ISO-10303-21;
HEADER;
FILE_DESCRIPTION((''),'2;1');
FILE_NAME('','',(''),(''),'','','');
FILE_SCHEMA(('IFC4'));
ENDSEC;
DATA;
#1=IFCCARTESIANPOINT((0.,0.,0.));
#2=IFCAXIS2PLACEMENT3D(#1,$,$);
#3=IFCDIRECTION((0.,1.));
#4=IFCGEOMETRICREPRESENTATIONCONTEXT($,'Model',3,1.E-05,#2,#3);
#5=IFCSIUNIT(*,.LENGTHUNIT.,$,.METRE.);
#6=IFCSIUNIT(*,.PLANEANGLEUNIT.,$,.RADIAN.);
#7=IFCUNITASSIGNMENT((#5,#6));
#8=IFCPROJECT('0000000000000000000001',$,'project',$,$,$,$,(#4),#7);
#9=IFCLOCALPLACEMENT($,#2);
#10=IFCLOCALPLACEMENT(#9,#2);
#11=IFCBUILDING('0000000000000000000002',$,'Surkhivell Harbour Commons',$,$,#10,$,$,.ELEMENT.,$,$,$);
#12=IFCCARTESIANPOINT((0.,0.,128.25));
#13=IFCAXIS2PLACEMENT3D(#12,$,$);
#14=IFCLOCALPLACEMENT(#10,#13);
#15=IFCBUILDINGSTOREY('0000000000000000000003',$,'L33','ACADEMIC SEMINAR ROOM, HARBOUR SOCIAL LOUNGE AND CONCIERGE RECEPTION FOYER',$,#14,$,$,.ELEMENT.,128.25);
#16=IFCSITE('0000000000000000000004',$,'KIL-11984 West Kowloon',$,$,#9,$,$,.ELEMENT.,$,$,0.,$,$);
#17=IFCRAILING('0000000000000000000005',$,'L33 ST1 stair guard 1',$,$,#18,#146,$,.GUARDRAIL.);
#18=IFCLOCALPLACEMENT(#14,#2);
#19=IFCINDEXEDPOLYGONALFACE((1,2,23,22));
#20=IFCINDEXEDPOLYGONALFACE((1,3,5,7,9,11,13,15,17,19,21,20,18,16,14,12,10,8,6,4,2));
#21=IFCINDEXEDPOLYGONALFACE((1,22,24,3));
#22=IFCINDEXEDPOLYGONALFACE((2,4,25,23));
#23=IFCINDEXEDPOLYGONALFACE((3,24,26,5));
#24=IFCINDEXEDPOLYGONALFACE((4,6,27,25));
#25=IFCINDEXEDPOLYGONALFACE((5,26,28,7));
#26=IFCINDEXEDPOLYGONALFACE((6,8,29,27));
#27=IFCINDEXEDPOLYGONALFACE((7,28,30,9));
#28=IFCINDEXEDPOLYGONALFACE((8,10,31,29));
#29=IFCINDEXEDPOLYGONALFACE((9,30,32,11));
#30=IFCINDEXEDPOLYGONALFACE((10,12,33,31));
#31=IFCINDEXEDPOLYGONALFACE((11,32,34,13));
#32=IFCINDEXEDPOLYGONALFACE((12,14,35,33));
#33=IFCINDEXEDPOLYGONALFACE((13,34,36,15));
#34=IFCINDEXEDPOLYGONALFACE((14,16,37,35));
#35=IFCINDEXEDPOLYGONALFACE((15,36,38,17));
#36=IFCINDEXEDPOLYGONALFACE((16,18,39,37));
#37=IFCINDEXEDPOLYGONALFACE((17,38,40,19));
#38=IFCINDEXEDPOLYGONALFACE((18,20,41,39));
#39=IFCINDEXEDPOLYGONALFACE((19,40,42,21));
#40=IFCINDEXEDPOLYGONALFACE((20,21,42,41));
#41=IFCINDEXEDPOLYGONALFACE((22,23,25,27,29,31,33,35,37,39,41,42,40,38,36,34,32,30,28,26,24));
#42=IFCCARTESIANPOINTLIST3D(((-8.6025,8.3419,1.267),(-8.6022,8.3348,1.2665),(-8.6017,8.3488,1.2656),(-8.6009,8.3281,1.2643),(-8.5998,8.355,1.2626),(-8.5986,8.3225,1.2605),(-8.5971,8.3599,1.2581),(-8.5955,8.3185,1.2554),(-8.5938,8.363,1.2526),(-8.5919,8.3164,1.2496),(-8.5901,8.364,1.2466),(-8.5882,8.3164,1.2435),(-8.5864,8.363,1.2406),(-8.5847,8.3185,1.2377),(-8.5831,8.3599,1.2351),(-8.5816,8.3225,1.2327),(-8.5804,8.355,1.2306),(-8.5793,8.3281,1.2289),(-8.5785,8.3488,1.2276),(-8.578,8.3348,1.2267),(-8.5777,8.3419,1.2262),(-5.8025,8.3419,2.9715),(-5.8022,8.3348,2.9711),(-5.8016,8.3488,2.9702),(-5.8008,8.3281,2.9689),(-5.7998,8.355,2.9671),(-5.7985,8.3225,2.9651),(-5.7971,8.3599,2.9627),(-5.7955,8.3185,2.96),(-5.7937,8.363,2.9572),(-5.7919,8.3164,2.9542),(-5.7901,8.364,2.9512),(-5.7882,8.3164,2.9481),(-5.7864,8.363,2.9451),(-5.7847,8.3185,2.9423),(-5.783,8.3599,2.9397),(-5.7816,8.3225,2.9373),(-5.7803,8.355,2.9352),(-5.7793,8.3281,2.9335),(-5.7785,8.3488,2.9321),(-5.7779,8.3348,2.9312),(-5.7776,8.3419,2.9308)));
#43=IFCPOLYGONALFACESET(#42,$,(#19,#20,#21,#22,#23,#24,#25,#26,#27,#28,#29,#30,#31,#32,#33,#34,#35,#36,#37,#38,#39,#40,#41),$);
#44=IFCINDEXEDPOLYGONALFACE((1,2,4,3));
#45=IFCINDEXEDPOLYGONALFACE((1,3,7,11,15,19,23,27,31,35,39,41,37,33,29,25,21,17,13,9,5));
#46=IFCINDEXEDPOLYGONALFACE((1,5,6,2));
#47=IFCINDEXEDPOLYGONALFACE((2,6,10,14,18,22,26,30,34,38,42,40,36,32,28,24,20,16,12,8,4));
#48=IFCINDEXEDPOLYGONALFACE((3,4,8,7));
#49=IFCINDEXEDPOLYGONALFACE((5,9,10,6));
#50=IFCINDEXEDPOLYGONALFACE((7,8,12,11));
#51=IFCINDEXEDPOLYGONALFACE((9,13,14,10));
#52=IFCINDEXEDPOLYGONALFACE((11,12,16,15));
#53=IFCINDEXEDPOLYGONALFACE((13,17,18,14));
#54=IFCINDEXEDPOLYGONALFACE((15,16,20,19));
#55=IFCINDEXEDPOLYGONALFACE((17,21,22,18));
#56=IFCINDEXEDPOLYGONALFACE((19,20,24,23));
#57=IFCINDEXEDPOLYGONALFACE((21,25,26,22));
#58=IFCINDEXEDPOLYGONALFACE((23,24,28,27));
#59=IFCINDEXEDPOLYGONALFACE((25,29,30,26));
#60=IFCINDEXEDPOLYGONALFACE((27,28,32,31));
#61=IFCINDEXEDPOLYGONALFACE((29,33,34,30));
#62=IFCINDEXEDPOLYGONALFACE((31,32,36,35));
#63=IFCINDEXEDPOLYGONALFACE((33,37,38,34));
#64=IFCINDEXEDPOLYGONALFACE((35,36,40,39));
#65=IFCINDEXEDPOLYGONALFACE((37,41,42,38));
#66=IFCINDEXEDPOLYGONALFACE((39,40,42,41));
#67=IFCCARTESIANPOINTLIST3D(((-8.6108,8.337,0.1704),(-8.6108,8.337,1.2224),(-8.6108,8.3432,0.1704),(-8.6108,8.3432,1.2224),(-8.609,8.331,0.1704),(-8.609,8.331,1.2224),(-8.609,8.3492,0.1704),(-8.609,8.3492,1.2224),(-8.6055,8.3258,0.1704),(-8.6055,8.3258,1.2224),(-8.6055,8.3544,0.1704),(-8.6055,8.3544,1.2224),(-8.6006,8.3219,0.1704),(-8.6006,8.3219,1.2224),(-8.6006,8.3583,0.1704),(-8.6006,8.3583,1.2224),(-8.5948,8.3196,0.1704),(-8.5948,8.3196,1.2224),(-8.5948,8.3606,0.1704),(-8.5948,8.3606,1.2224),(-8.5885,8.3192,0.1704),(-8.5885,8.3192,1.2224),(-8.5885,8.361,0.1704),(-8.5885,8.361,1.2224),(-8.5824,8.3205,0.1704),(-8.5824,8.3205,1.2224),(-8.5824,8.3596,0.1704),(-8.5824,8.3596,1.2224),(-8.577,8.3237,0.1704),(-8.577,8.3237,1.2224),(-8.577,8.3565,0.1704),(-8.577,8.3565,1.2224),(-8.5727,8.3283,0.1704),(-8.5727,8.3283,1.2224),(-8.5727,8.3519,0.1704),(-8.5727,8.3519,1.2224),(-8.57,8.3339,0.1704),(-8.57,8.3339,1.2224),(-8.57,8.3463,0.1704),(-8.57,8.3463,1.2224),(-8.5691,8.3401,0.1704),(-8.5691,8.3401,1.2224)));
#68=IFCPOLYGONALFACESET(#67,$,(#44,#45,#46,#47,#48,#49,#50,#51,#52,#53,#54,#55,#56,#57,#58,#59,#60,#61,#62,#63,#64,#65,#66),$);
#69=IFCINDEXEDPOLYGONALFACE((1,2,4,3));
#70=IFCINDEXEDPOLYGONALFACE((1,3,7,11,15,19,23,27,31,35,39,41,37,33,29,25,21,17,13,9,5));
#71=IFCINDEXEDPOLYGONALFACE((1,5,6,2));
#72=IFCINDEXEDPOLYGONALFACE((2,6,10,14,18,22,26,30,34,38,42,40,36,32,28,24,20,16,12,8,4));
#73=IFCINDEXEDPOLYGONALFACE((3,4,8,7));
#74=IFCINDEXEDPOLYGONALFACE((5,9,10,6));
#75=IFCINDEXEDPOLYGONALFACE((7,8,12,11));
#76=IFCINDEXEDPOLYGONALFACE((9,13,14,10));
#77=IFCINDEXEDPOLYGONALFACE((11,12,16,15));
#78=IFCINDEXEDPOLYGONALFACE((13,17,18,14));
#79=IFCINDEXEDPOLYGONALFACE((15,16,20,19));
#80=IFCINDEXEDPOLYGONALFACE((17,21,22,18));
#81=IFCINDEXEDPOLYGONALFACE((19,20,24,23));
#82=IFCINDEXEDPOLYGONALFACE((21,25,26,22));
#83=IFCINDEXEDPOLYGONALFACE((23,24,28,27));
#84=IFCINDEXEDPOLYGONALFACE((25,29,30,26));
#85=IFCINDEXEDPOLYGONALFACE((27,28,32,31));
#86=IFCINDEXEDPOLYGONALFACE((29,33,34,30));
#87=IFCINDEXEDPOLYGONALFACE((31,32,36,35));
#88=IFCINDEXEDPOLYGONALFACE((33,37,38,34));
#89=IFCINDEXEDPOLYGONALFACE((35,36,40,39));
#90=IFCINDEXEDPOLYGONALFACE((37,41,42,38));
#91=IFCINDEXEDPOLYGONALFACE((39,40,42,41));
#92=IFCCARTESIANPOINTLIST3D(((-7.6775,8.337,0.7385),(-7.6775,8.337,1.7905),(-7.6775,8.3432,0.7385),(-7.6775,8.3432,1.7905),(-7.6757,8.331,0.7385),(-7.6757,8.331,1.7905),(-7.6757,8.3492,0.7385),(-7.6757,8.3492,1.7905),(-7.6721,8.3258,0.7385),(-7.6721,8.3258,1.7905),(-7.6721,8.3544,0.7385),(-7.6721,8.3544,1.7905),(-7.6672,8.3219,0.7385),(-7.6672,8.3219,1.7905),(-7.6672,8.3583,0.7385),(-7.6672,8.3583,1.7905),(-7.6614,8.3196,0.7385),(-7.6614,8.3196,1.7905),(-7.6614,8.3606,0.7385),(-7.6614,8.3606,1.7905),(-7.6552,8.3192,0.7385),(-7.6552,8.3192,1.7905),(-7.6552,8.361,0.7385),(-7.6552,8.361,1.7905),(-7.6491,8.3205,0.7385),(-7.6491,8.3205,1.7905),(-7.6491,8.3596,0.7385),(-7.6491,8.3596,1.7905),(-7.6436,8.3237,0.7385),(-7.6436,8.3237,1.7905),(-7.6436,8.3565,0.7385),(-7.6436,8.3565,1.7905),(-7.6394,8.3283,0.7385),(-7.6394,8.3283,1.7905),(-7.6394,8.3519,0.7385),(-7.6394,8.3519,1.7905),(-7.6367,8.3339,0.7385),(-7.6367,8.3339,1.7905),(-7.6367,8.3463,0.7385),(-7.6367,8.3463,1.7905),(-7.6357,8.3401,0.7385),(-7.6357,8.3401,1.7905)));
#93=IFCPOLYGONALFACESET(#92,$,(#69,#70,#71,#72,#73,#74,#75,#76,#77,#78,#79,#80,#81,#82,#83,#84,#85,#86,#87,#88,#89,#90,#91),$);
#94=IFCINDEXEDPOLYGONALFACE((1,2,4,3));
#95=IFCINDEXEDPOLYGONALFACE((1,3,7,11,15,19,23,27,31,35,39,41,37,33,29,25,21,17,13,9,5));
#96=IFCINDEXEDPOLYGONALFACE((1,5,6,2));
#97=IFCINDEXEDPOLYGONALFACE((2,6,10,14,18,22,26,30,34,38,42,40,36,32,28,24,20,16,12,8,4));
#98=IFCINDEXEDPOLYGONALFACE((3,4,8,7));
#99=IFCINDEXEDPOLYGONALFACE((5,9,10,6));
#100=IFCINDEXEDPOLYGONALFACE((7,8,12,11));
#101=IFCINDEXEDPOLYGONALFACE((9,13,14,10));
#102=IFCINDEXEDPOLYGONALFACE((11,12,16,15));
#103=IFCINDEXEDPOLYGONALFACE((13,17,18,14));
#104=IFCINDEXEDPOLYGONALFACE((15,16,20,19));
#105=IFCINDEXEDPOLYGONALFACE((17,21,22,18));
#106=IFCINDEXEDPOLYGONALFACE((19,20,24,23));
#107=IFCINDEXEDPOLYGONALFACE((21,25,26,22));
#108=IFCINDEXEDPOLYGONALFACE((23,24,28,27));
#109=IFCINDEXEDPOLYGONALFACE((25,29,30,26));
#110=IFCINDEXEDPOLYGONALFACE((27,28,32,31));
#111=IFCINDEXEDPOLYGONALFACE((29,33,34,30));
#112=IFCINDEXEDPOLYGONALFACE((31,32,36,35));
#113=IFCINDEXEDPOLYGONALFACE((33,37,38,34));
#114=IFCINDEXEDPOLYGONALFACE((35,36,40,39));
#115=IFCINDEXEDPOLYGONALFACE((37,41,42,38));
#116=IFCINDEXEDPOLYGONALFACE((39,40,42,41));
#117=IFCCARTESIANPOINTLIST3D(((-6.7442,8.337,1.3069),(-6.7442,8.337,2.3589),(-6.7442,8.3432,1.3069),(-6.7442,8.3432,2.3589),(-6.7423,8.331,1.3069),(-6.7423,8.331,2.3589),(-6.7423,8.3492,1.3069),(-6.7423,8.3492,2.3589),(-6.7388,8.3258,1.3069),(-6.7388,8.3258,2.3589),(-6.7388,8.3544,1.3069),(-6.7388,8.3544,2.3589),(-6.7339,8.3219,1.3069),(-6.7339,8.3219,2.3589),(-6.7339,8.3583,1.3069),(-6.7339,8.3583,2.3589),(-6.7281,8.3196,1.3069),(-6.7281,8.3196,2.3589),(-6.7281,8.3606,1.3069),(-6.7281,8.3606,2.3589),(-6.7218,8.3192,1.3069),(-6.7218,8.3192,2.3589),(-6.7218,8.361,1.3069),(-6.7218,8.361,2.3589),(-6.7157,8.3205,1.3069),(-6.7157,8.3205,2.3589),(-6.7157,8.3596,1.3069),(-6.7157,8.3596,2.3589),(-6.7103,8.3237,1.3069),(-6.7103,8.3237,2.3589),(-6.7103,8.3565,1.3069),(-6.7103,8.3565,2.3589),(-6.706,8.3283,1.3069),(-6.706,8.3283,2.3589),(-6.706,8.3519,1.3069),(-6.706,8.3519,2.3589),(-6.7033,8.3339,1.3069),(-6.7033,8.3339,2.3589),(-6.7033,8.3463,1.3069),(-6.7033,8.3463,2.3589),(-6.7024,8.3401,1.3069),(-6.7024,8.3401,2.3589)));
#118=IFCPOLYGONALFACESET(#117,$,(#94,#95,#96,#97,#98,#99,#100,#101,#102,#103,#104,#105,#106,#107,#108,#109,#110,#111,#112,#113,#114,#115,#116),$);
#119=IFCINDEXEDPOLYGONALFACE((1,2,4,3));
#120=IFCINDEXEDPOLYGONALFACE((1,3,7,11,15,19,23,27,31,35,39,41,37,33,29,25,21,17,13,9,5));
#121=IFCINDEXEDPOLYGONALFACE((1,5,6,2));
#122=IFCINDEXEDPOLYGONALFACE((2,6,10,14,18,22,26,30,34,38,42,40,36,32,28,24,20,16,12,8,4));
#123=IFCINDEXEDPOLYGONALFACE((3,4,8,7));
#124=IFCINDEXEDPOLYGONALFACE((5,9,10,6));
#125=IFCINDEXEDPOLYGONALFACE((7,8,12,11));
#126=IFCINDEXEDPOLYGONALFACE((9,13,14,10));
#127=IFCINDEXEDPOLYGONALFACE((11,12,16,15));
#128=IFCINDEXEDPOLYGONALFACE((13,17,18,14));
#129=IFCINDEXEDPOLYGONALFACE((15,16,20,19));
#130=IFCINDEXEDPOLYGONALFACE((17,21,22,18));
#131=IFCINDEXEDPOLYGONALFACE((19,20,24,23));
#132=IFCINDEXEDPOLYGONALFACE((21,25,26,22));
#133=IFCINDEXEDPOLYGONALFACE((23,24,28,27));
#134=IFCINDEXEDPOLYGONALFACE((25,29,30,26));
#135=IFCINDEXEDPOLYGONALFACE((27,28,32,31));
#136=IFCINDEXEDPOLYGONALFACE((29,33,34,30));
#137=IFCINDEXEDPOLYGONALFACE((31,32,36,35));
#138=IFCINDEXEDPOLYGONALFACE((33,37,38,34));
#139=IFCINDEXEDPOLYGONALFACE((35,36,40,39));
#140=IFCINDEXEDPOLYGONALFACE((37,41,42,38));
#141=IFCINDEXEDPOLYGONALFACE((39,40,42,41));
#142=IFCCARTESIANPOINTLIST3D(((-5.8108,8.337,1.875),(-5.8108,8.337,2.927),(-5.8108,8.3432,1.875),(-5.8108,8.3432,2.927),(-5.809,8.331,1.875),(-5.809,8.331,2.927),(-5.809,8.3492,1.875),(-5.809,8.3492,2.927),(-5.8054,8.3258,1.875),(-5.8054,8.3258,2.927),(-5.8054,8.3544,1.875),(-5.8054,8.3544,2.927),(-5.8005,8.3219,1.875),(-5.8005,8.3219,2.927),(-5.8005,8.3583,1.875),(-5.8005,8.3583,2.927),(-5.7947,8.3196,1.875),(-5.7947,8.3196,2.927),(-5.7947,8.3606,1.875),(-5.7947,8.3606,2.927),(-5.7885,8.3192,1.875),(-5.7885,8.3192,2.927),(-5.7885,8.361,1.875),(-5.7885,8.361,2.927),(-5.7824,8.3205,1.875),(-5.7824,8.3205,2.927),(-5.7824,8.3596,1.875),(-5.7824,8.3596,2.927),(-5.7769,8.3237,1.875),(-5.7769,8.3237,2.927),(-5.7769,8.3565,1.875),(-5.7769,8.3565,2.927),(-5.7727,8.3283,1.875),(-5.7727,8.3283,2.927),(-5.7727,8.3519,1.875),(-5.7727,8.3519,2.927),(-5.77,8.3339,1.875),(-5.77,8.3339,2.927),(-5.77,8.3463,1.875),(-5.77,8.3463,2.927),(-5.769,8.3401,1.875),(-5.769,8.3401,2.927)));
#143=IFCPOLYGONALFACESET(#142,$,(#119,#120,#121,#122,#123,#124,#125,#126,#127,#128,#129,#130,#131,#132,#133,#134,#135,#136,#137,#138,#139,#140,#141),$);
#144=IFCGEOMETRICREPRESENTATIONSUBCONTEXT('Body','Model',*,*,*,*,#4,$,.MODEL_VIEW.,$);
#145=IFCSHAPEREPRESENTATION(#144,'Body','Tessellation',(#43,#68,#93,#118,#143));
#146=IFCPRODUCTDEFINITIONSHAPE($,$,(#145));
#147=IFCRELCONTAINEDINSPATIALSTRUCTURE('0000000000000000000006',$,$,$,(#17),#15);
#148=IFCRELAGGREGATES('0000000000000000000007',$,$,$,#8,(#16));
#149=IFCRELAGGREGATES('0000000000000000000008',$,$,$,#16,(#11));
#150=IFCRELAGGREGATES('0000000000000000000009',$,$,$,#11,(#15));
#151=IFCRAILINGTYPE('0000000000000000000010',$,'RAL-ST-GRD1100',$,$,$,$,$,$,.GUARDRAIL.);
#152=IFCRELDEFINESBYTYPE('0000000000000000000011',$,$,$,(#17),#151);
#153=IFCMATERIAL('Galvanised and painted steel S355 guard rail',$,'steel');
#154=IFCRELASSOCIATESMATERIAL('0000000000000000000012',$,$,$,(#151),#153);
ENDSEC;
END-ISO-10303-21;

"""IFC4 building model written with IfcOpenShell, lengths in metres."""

from ifc_helpers import new_model, si_unit, direction, frame, origin, origin_2d, place, context, subcontext, project, spatial, circle, extrude, material, type_object, element, save


model = new_model("IFC4")

# Units and contexts
model_context = context("Model", 3, precision=1e-05, world=origin(), true_north=direction((0.0, 1.0)))
body_context = subcontext(model_context, "Body", "Model", "MODEL_VIEW")
ifc_project = project(units=[si_unit("LENGTHUNIT", "METRE"), si_unit("PLANEANGLEUNIT", "RADIAN")], contexts=[model_context])

# Site, building, storey
site_placement = place(None, origin())
site = spatial("IfcSite", under=ifc_project, at=site_placement, Name="KIL-11984 West Kowloon", CompositionType="ELEMENT", RefElevation=0.0)
building_placement = place(site_placement, origin())
building = spatial("IfcBuilding", under=site, at=building_placement, Name="Surkhivell Harbour Commons", CompositionType="ELEMENT")
storey_placement = place(building_placement, frame((0.0, 0.0, 128.25)))
storey = spatial("IfcBuildingStorey", under=building, at=storey_placement, Name="L33", Description="ACADEMIC SEMINAR ROOM, HARBOUR SOCIAL LOUNGE AND CONCIERGE RECEPTION FOYER", CompositionType="ELEMENT", Elevation=128.25)

# Railing
ifc_material_1 = material(Name="Galvanised and painted steel S355 guard rail", Category="steel")
railing_type_1 = type_object("IfcRailingType", Name="RAL-ST-GRD1100", PredefinedType="GUARDRAIL", material=ifc_material_1)
railing_1_placement = place(storey_placement, frame((-8.5901, 8.3401, 0.1704)))
element("IfcRailing", 1, at=railing_1_placement, inside=storey, type_object=railing_type_1, Name="L33 ST1 stair guard 1", PredefinedType="GUARDRAIL", context=body_context, shape_type="SweptSolid", body=[
    extrude(circle(Radius=0.0239, at=origin_2d()), frame((0.0, 0.0, 1.0762), z_axis=(0.85417, 0.0, 0.519994), x_axis=(0.0, 1.0, 0.0)), (0.0, 0.0, 1.0), 3.2781),
    extrude(circle(Radius=0.021, at=origin_2d()), origin(), (0.0, 0.0, 1.0), 1.052),
    extrude(circle(Radius=0.021, at=origin_2d()), frame((0.9333, 0.0, 0.5681)), (0.0, 0.0, 1.0), 1.052),
    extrude(circle(Radius=0.021, at=origin_2d()), frame((1.8667, 0.0, 1.1365)), (0.0, 0.0, 1.0), 1.052),
    extrude(circle(Radius=0.021, at=origin_2d()), frame((2.8, 0.0, 1.7046)), (0.0, 0.0, 1.0), 1.052),
])

save(model, "model.ifc")
